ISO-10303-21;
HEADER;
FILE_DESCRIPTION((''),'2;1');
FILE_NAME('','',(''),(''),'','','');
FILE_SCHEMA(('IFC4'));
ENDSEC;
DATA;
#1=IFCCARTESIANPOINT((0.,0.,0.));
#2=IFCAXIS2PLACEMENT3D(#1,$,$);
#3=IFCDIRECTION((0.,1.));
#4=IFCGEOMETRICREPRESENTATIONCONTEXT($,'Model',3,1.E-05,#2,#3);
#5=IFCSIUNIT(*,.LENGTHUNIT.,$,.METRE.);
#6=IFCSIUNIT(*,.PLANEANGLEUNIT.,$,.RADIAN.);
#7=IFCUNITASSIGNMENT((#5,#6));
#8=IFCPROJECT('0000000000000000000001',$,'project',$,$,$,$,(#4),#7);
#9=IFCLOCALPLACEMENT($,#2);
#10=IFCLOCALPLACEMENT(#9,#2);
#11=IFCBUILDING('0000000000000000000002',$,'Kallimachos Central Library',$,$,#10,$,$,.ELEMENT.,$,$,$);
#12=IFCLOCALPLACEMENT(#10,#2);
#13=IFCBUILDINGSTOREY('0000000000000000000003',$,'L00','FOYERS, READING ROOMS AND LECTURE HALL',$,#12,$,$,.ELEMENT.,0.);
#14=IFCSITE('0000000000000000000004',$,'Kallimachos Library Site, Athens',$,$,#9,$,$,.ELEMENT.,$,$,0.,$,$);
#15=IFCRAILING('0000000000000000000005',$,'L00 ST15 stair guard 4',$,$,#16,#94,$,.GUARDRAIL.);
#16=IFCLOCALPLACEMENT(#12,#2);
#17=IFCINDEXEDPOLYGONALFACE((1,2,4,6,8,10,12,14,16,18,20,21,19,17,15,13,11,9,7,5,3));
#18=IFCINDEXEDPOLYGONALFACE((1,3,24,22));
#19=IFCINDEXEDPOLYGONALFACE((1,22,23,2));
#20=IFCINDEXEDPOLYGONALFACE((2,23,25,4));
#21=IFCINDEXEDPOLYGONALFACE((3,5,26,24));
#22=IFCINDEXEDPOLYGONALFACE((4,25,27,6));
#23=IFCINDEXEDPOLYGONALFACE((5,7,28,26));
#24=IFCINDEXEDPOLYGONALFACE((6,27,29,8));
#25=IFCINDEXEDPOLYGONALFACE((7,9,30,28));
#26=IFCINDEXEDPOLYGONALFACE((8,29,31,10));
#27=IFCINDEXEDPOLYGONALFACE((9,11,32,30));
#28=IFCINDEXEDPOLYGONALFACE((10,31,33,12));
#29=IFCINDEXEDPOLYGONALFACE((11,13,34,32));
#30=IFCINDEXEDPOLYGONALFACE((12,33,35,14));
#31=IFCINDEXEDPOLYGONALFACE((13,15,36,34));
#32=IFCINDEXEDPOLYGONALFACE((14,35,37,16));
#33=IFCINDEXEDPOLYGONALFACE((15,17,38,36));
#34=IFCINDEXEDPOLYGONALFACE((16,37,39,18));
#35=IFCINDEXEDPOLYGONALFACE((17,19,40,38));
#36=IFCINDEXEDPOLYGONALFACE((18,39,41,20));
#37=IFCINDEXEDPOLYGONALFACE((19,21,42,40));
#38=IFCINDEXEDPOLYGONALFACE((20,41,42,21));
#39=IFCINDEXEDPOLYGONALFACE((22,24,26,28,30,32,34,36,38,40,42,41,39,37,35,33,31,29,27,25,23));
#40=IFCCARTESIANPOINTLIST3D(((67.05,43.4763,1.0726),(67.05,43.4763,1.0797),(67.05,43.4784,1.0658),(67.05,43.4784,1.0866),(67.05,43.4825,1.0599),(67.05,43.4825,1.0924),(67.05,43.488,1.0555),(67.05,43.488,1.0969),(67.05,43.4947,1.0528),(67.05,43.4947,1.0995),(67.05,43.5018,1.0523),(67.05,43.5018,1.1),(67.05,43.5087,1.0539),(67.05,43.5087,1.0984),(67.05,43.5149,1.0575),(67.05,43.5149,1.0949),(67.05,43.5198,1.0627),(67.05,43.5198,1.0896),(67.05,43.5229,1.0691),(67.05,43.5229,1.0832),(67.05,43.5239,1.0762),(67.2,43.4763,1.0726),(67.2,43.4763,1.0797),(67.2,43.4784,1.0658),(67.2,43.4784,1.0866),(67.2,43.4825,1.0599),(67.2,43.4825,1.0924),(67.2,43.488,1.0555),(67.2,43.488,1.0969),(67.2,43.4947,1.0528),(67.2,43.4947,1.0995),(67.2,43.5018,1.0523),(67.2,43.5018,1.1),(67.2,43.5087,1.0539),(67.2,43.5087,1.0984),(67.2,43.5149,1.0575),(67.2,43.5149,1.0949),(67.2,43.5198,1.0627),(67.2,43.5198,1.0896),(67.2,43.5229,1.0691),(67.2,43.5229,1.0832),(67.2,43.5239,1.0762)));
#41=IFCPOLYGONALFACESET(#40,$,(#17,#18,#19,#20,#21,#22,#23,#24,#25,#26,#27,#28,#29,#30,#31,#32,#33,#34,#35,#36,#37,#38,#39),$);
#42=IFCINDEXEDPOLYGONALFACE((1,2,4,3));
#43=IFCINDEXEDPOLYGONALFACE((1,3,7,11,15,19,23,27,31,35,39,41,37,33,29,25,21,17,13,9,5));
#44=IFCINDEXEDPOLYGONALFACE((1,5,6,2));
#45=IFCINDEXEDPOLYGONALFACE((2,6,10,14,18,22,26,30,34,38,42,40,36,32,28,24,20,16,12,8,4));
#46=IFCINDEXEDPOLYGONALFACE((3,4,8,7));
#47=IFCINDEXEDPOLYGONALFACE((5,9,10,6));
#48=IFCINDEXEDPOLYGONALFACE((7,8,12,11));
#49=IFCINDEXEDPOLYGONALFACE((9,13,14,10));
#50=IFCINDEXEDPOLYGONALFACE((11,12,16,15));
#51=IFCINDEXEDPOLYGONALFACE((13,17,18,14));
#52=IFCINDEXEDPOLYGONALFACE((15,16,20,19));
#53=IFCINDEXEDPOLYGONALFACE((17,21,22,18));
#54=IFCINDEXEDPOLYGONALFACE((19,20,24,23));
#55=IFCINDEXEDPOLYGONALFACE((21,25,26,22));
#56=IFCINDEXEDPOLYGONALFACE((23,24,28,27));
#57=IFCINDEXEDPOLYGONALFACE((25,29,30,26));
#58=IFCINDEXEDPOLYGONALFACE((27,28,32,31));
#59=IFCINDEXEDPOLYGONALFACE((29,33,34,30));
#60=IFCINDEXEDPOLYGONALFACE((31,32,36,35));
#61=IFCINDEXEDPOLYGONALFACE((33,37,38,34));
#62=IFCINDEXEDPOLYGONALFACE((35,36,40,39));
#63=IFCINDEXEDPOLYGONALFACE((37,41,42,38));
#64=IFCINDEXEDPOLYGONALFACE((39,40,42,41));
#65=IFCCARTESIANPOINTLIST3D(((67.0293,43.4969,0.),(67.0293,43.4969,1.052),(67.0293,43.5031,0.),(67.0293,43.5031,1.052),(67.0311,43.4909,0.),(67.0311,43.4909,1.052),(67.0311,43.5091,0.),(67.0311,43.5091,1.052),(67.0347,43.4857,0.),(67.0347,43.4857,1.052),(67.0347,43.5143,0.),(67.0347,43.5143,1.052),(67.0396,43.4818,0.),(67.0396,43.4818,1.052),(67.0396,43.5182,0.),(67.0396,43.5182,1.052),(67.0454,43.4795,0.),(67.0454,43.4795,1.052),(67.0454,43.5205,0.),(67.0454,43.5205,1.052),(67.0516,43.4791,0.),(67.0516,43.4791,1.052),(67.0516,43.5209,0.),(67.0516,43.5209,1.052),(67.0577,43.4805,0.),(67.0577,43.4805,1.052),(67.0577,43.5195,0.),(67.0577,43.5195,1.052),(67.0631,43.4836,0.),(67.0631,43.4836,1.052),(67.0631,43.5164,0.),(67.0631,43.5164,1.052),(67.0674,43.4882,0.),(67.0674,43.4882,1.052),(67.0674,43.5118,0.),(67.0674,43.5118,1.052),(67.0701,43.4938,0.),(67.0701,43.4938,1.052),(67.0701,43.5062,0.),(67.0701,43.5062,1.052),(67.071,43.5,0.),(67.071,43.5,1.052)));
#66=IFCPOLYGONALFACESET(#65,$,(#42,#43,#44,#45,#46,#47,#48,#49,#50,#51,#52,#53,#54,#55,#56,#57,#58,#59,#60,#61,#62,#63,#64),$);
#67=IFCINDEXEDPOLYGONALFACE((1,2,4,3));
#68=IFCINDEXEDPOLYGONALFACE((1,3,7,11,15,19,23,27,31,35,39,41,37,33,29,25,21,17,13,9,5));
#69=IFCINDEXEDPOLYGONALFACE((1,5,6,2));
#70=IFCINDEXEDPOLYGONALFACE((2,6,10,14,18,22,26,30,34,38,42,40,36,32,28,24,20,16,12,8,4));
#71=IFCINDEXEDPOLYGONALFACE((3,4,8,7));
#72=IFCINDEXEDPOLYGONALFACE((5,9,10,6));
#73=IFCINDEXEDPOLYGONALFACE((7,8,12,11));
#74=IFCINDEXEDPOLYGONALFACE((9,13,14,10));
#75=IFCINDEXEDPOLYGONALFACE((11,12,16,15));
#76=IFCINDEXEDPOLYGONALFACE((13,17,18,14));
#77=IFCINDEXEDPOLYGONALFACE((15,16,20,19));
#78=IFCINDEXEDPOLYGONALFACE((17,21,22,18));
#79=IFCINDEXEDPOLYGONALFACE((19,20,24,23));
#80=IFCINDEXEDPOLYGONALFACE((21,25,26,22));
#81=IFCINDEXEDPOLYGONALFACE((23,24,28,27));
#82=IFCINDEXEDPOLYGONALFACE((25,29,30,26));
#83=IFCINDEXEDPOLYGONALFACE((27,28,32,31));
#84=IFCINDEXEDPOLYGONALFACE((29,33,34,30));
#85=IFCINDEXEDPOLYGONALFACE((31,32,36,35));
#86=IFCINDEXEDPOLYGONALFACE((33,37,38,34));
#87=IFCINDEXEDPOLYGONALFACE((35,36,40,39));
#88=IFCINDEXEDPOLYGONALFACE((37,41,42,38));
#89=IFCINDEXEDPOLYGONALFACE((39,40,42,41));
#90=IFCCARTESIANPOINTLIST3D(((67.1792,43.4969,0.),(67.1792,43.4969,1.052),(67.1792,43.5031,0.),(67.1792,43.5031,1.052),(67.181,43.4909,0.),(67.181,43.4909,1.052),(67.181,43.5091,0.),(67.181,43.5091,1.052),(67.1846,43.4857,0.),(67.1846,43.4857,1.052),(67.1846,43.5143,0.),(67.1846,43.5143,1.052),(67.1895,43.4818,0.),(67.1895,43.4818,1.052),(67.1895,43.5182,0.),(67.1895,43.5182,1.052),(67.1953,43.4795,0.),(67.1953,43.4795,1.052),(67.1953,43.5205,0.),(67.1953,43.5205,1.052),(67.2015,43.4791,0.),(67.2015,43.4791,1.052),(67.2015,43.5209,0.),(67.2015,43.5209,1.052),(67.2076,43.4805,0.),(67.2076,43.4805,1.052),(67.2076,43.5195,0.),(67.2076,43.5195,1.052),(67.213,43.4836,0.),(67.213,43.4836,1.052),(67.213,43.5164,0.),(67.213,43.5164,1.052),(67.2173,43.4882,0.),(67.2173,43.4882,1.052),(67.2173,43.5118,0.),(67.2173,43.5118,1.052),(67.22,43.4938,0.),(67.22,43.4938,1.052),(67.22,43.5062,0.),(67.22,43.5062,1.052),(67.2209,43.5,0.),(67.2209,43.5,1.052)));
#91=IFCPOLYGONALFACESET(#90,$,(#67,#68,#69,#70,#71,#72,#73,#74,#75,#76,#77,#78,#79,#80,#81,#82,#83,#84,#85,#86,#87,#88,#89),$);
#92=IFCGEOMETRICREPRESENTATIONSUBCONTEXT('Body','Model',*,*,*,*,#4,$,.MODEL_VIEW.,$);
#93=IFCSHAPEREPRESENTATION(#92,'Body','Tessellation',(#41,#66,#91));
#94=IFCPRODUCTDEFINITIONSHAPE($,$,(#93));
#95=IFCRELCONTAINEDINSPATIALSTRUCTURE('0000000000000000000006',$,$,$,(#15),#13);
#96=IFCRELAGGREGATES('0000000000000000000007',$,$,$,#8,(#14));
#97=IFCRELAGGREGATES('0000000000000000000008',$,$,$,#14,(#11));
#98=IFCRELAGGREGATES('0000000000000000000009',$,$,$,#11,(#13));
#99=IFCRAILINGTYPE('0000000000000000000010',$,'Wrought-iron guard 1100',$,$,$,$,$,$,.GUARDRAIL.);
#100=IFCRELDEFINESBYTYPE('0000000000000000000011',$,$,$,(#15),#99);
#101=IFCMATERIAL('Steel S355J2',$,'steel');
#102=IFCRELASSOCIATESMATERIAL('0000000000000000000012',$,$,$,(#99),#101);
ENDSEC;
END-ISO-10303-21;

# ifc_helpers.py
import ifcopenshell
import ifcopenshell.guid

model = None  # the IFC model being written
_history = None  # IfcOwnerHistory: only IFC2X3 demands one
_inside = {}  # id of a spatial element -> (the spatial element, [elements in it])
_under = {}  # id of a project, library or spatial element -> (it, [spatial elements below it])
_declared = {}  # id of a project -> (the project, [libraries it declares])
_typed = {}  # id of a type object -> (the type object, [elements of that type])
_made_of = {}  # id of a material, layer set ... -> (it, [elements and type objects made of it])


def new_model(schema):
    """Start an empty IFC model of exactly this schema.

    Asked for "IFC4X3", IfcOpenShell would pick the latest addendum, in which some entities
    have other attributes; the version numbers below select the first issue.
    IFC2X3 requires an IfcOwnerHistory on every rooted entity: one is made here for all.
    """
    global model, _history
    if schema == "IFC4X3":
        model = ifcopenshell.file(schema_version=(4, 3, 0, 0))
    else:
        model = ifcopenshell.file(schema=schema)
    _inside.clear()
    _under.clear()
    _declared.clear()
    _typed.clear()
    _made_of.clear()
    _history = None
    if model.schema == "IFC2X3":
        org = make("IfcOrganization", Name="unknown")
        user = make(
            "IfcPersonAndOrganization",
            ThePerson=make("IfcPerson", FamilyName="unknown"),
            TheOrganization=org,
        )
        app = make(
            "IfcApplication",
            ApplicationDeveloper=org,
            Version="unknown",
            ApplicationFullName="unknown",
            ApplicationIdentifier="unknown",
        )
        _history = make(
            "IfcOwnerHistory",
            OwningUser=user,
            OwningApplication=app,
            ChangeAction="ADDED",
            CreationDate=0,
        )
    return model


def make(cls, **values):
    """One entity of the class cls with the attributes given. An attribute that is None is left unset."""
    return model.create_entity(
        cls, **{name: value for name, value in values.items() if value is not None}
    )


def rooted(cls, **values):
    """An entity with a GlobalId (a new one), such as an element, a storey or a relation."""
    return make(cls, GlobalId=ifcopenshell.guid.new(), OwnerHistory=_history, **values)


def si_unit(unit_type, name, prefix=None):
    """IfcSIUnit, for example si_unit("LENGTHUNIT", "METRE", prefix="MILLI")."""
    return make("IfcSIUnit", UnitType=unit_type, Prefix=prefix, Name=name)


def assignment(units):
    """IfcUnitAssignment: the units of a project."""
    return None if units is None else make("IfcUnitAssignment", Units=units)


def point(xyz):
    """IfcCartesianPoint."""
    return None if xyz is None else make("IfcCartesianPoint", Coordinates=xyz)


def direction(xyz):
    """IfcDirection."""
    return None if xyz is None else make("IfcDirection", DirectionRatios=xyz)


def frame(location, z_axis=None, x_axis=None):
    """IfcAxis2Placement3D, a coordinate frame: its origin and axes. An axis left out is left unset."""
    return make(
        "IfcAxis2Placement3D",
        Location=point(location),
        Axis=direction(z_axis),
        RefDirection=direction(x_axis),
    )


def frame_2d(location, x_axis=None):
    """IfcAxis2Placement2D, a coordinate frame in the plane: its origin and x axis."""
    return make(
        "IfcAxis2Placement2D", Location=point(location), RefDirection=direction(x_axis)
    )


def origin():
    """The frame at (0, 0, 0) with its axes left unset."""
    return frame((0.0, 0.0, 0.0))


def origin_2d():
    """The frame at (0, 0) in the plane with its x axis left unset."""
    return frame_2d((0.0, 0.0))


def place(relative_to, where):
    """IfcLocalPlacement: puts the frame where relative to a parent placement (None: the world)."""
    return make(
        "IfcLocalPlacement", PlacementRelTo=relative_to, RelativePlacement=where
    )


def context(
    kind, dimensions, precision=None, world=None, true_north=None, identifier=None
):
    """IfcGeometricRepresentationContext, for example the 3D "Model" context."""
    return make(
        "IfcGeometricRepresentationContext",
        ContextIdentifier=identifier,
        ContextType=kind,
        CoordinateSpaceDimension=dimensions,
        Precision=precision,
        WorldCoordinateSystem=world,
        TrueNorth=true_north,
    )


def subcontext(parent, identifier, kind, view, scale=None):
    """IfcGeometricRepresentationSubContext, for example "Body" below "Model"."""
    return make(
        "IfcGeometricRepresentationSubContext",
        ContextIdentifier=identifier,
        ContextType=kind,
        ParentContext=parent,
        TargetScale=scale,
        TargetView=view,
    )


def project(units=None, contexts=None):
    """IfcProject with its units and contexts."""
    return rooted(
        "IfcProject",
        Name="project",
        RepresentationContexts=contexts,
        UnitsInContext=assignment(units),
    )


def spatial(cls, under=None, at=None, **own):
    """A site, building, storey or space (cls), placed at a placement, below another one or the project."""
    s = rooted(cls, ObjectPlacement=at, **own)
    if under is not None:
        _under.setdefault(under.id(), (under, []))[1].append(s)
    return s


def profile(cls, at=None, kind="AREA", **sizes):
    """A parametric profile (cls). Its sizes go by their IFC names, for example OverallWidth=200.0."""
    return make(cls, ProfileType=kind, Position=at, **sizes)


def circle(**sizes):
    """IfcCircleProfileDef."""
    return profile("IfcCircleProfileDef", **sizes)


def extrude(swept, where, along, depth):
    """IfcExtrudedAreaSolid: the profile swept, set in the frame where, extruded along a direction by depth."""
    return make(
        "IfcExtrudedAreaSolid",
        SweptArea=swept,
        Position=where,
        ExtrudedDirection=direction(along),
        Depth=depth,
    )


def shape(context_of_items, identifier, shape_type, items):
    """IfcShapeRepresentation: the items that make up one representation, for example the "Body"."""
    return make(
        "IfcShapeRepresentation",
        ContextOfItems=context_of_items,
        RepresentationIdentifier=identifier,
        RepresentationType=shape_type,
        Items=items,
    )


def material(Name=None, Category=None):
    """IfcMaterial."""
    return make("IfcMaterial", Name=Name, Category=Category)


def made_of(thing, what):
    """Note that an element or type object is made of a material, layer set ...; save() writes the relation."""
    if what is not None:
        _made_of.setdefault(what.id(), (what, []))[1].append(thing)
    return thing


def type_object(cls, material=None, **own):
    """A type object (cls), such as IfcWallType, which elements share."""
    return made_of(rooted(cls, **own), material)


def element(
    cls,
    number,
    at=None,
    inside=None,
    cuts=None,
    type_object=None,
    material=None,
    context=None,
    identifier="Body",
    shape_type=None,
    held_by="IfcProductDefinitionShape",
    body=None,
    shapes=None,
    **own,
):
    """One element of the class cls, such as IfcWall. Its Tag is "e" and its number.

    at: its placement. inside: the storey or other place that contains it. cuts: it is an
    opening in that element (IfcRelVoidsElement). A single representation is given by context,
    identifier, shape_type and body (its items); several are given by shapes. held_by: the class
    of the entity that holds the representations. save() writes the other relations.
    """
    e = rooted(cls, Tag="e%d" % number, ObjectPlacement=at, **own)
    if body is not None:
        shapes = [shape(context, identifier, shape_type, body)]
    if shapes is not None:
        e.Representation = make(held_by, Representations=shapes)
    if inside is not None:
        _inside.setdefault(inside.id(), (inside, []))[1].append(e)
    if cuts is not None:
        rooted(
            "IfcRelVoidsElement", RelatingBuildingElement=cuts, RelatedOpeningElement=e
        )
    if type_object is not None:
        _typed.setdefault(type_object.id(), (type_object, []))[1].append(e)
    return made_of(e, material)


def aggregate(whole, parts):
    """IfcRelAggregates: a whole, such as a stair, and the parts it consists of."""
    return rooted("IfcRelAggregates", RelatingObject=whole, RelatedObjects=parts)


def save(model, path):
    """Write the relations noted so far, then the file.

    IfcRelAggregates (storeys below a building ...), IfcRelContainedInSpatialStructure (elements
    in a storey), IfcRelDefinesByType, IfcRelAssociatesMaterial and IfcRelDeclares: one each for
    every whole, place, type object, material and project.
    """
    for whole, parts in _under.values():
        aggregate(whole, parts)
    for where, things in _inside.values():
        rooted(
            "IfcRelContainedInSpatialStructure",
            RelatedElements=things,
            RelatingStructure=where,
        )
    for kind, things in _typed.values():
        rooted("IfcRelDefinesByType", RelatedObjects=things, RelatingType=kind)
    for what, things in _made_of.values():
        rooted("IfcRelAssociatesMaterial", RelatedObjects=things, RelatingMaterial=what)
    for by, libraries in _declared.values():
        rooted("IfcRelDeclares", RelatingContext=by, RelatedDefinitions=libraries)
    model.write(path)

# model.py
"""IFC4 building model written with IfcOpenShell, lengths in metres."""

from ifc_helpers import new_model, si_unit, direction, frame, origin, origin_2d, place, context, subcontext, project, spatial, circle, extrude, material, type_object, element, save


model = new_model("IFC4")

# Units and contexts
model_context = context("Model", 3, precision=1e-05, world=origin(), true_north=direction((0.0, 1.0)))
body_context = subcontext(model_context, "Body", "Model", "MODEL_VIEW")
ifc_project = project(units=[si_unit("LENGTHUNIT", "METRE"), si_unit("PLANEANGLEUNIT", "RADIAN")], contexts=[model_context])

# Site, building, storey
site_placement = place(None, origin())
site = spatial("IfcSite", under=ifc_project, at=site_placement, Name="Kallimachos Library Site, Athens", CompositionType="ELEMENT", RefElevation=0.0)
building_placement = place(site_placement, origin())
building = spatial("IfcBuilding", under=site, at=building_placement, Name="Kallimachos Central Library", CompositionType="ELEMENT")
storey_placement = place(building_placement, origin())
storey = spatial("IfcBuildingStorey", under=building, at=storey_placement, Name="L00", Description="FOYERS, READING ROOMS AND LECTURE HALL", CompositionType="ELEMENT", Elevation=0.0)

# Railing
ifc_material_1 = material(Name="Steel S355J2", Category="steel")
railing_type = type_object("IfcRailingType", Name="Wrought-iron guard 1100", PredefinedType="GUARDRAIL", material=ifc_material_1)
railing_1_placement = place(storey_placement, frame((67.05, 43.5, 0.0)))
element("IfcRailing", 1, at=railing_1_placement, inside=storey, type_object=railing_type, Name="L00 ST15 stair guard 4", PredefinedType="GUARDRAIL", context=body_context, shape_type="SweptSolid", body=[
    extrude(circle(Radius=0.0239, at=origin_2d()), frame((0.0, 0.0, 1.0762), z_axis=(1.0, 0.0, 0.0), x_axis=(0.0, 1.0, 0.0)), (0.0, 0.0, 1.0), 0.1499),
    extrude(circle(Radius=0.021, at=origin_2d()), origin(), (0.0, 0.0, 1.0), 1.052),
    extrude(circle(Radius=0.021, at=origin_2d()), frame((0.1499, 0.0, 0.0)), (0.0, 0.0, 1.0), 1.052),
])

save(model, "model.ifc")
